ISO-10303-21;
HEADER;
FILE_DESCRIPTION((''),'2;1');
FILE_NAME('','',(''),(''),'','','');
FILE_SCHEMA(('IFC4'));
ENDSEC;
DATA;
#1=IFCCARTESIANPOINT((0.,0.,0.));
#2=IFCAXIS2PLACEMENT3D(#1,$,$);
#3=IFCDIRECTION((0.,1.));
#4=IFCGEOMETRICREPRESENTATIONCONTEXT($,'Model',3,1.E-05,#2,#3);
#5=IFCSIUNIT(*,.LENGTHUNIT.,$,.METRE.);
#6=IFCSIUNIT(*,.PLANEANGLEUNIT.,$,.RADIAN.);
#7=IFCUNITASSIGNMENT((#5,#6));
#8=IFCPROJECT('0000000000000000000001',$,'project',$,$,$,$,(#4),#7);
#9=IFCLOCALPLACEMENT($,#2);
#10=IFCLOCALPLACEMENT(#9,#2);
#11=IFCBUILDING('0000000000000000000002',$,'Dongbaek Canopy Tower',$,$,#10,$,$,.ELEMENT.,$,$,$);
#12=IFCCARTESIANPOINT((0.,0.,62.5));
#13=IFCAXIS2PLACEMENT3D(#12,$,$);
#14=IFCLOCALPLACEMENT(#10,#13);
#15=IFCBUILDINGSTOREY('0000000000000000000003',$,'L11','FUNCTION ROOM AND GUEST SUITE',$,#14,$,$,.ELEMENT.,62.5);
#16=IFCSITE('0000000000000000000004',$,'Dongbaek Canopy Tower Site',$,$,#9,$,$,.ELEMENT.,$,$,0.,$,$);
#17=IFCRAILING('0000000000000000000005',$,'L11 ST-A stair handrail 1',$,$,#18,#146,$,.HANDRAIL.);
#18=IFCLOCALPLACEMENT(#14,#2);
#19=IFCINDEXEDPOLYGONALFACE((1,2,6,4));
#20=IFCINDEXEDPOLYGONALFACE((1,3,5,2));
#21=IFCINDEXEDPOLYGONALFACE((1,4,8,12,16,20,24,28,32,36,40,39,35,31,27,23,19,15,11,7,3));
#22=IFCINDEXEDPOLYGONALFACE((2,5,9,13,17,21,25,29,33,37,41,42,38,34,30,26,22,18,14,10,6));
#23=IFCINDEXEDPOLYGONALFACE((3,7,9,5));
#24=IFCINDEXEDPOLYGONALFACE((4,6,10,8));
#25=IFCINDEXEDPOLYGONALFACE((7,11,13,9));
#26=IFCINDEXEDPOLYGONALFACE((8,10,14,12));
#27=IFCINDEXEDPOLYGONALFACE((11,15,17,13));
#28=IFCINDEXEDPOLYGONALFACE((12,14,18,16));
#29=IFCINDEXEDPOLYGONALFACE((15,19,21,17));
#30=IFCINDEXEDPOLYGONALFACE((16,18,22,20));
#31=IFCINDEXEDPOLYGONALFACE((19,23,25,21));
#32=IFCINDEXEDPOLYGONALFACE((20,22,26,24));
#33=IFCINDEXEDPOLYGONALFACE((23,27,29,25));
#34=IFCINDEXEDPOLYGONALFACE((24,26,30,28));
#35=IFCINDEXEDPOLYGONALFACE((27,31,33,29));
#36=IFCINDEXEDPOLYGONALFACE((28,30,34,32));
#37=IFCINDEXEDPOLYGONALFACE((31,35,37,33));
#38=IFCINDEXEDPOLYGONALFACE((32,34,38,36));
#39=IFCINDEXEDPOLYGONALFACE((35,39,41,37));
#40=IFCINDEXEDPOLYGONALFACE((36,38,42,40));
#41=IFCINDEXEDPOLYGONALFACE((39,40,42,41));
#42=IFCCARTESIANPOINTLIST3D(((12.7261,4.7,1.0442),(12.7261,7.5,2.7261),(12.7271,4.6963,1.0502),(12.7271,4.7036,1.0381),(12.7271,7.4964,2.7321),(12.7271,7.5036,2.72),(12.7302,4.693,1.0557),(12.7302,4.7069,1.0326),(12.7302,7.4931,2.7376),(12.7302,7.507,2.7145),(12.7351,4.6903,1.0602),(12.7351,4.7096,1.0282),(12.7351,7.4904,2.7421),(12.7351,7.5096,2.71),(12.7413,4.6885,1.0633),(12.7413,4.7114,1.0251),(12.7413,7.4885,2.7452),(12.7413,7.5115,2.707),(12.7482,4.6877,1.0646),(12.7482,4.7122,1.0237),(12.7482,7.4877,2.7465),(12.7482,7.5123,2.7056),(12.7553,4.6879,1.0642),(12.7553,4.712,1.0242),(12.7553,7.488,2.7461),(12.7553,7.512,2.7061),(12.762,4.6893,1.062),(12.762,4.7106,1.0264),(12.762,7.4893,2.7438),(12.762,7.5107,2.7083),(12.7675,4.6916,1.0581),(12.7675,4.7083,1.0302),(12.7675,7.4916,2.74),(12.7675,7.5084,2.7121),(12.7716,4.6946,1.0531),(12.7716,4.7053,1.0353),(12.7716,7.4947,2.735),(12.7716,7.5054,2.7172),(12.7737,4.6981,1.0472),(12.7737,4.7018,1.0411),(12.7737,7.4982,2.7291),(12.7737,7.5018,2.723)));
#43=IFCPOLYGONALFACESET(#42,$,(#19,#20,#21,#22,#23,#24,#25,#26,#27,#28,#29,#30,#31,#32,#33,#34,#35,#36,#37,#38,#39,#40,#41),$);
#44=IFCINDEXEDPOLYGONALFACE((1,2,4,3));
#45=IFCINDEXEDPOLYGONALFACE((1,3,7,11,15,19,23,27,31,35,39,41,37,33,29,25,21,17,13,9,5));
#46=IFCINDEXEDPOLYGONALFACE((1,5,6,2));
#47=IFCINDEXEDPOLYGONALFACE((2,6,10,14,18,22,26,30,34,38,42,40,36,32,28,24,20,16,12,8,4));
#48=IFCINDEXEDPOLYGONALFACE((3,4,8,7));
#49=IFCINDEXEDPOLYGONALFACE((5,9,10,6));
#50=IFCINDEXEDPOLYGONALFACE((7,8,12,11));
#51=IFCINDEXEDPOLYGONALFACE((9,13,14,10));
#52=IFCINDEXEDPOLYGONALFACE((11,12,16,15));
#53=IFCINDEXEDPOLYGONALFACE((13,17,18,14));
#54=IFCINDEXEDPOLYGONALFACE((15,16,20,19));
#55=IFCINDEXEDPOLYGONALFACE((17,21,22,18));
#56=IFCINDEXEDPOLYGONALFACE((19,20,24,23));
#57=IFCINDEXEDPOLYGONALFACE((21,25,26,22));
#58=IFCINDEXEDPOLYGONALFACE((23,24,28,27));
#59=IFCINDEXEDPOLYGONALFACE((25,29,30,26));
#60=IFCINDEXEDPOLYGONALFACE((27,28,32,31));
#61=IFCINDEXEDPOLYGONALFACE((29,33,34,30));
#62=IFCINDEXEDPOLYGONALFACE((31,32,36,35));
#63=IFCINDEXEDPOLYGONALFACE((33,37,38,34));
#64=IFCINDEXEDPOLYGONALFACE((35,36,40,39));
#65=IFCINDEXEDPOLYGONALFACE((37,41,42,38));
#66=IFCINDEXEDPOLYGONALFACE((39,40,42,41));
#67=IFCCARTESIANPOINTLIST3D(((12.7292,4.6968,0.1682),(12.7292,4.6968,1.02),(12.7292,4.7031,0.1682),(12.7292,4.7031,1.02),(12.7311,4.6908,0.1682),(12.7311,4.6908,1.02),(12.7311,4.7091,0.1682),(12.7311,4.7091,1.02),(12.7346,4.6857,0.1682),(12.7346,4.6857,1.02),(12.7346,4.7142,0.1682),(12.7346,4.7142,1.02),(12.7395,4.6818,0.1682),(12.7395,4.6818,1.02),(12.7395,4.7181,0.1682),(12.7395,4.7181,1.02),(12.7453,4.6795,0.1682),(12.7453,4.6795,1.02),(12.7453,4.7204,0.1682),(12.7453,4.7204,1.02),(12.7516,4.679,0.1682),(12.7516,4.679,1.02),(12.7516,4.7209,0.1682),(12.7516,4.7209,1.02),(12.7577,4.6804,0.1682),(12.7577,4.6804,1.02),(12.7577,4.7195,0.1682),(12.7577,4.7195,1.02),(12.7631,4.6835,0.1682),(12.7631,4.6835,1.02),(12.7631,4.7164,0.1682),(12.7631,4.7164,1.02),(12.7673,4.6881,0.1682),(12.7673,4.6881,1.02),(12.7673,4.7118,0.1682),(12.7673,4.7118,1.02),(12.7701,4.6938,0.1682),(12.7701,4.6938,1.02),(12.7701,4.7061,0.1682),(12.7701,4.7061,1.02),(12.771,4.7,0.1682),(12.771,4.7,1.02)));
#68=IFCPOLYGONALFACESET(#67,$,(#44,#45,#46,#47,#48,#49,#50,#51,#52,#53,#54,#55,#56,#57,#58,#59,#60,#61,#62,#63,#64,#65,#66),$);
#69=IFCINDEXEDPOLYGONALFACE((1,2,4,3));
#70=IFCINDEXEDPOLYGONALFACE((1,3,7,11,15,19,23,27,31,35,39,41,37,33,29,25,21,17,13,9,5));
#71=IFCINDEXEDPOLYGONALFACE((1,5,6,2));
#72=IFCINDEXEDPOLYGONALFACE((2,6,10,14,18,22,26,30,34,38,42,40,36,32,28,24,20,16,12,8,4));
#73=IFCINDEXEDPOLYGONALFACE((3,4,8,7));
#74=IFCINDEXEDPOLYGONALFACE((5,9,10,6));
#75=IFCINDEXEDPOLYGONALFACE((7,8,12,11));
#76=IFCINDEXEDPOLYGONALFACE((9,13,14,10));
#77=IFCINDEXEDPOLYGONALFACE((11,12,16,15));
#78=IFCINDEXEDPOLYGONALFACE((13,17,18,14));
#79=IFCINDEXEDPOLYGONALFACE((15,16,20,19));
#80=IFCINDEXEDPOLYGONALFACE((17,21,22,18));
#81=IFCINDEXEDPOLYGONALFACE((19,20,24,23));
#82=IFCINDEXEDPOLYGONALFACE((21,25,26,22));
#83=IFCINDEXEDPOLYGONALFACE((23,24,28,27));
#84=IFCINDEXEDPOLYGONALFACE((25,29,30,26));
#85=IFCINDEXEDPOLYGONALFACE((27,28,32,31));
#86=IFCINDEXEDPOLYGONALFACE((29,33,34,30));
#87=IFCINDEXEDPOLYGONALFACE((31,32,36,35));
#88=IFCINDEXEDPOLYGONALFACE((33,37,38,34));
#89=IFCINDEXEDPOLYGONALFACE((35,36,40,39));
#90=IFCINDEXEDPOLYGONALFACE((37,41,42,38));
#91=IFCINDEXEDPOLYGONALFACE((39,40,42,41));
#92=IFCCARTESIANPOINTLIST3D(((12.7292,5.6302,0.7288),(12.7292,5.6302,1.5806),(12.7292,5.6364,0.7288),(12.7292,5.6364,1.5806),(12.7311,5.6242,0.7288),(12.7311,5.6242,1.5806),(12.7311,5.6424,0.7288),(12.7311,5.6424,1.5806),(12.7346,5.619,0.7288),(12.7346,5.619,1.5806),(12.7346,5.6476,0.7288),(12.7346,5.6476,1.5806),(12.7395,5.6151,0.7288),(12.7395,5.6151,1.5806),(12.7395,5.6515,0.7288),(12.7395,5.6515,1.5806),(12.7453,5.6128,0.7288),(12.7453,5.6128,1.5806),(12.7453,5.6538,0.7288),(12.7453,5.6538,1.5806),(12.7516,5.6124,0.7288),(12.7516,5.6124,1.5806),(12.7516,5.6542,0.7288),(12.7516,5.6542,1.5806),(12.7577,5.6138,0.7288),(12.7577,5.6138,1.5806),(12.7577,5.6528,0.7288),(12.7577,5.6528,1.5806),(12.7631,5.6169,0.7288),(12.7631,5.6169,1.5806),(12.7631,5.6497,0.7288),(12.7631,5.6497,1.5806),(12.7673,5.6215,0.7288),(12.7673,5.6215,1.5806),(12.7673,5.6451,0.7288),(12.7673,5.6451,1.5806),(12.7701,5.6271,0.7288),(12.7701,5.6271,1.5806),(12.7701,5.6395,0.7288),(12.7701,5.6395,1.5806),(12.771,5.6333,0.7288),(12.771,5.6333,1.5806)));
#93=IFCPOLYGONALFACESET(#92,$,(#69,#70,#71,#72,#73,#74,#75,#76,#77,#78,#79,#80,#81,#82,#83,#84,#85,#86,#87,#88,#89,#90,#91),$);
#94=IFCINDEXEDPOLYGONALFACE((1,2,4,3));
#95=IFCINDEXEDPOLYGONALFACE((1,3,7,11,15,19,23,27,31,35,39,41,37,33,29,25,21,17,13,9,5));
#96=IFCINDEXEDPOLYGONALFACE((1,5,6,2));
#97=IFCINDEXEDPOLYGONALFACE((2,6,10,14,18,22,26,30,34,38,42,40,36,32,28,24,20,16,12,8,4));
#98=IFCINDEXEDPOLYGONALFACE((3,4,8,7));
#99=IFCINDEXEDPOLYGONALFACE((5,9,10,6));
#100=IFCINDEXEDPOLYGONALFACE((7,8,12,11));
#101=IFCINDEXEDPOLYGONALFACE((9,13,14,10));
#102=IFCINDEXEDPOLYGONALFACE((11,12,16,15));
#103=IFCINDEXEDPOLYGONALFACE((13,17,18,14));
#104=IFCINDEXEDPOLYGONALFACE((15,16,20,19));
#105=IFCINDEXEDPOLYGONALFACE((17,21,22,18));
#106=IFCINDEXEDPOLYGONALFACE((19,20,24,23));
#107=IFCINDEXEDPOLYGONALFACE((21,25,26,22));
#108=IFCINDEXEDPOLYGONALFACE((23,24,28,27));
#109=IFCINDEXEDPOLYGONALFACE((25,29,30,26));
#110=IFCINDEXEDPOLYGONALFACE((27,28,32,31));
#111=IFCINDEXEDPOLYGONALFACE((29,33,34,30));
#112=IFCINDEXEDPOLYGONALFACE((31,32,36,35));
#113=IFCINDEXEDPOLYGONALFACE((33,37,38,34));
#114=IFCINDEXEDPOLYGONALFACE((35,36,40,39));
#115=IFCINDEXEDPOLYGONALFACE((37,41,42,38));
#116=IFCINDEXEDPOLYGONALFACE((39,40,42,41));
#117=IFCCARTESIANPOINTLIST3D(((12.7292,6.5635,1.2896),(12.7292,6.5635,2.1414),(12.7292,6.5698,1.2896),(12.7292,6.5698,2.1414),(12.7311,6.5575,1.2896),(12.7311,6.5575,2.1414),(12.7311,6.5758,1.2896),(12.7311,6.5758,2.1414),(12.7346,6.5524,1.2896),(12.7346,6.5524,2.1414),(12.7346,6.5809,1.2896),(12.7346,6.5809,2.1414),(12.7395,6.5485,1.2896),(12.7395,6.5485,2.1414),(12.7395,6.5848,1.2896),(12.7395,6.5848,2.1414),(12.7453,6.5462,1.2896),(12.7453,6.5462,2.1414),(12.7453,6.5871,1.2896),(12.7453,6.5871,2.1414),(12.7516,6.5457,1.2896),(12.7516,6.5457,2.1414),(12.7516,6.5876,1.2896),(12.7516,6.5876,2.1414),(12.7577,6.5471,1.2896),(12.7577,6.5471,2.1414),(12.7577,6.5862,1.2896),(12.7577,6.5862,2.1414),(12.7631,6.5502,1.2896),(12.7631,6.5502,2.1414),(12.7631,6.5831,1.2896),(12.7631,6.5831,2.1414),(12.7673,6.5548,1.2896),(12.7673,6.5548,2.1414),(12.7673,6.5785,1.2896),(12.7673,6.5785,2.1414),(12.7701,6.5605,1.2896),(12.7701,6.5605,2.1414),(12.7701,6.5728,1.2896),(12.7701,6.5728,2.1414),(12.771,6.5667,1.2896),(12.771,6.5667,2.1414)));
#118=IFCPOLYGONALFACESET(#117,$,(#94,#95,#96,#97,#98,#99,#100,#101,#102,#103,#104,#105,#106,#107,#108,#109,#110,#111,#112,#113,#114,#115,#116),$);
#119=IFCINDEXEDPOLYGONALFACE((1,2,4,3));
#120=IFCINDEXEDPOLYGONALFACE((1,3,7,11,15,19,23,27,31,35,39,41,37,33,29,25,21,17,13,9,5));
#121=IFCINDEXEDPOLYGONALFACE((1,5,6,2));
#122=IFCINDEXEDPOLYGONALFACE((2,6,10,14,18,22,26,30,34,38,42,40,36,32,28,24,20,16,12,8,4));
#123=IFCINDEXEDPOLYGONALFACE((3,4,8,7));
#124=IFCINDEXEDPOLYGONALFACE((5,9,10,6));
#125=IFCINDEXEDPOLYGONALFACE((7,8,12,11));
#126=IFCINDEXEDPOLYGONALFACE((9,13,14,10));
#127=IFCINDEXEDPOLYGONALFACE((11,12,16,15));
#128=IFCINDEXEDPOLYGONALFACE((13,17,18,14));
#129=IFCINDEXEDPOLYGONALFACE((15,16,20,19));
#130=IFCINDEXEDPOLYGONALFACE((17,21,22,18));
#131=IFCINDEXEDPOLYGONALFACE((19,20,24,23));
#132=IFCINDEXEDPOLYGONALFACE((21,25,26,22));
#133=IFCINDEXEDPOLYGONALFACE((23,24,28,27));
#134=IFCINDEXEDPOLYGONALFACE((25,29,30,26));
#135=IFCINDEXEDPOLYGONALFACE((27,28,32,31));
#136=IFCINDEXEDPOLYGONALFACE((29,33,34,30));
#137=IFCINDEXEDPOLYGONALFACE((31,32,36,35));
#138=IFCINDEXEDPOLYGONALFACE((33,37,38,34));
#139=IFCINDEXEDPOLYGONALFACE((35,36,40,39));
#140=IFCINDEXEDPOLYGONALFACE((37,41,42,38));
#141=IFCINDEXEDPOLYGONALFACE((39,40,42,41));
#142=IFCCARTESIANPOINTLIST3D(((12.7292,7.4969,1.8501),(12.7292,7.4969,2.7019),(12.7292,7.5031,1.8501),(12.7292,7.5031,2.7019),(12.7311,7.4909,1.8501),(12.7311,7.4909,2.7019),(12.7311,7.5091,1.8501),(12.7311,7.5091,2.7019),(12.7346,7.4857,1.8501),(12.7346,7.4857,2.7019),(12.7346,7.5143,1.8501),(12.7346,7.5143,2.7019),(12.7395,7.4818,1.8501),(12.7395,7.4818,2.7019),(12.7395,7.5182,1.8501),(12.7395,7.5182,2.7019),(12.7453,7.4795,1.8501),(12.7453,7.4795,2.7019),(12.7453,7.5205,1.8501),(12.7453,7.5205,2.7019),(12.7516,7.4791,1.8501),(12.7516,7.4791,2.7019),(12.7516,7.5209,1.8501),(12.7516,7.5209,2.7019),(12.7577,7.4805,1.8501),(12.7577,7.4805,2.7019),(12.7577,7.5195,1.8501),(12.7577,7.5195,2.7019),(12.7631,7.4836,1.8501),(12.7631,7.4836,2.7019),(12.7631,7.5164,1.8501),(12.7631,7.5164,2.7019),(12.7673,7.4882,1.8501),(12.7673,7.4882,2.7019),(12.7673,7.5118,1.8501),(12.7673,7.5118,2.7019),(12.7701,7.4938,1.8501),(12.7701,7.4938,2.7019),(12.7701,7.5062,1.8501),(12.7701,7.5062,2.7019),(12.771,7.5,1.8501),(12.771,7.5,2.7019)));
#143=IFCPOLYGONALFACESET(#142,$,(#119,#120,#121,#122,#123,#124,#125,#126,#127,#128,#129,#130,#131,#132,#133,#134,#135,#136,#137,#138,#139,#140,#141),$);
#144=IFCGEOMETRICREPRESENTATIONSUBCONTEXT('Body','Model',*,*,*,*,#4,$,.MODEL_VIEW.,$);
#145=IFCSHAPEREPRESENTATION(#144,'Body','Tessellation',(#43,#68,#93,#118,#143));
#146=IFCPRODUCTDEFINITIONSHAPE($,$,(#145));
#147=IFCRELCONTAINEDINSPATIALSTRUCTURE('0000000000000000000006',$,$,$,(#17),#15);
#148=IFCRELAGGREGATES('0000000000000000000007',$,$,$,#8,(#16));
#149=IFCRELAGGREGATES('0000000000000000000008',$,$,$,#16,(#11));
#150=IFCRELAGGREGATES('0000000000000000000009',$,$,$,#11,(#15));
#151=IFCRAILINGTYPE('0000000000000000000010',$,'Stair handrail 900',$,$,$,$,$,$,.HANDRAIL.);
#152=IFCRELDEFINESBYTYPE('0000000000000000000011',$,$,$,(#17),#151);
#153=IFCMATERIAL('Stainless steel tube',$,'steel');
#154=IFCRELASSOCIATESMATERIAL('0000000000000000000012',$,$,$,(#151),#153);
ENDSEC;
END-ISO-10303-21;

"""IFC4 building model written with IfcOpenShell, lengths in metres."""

from ifc_helpers import new_model, si_unit, direction, frame, origin, origin_2d, place, context, subcontext, project, spatial, circle, extrude, material, type_object, element, save


model = new_model("IFC4")

# Units and contexts
model_context = context("Model", 3, precision=1e-05, world=origin(), true_north=direction((0.0, 1.0)))
body_context = subcontext(model_context, "Body", "Model", "MODEL_VIEW")
ifc_project = project(units=[si_unit("LENGTHUNIT", "METRE"), si_unit("PLANEANGLEUNIT", "RADIAN")], contexts=[model_context])

# Site, building, storey
site_placement = place(None, origin())
site = spatial("IfcSite", under=ifc_project, at=site_placement, Name="Dongbaek Canopy Tower Site", CompositionType="ELEMENT", RefElevation=0.0)
building_placement = place(site_placement, origin())
building = spatial("IfcBuilding", under=site, at=building_placement, Name="Dongbaek Canopy Tower", CompositionType="ELEMENT")
storey_placement = place(building_placement, frame((0.0, 0.0, 62.5)))
storey = spatial("IfcBuildingStorey", under=building, at=storey_placement, Name="L11", Description="FUNCTION ROOM AND GUEST SUITE", CompositionType="ELEMENT", Elevation=62.5)

# Railing
ifc_material_1 = material(Name="Stainless steel tube", Category="steel")
railing_type_1 = type_object("IfcRailingType", Name="Stair handrail 900", PredefinedType="HANDRAIL", material=ifc_material_1)
railing_1_placement = place(storey_placement, frame((12.75, 4.7, 0.1682)))
element("IfcRailing", 1, at=railing_1_placement, inside=storey, type_object=railing_type_1, Name="L11 ST-A stair handrail 1", PredefinedType="HANDRAIL", context=body_context, shape_type="SweptSolid", body=[
    extrude(circle(Radius=0.0239, at=origin_2d()), frame((0.0, 0.0, 0.876), z_axis=(0.0, 0.857242, 0.514913), x_axis=(-1.0, 0.0, 0.0)), (0.0, 0.0, 1.0), 3.2664),
    extrude(circle(Radius=0.021, at=origin_2d()), origin(), (0.0, 0.0, 1.0), 0.8518),
    extrude(circle(Radius=0.021, at=origin_2d()), frame((0.0, 0.9333, 0.5605)), (0.0, 0.0, 1.0), 0.8518),
    extrude(circle(Radius=0.021, at=origin_2d()), frame((0.0, 1.8667, 1.1213)), (0.0, 0.0, 1.0), 0.8518),
    extrude(circle(Radius=0.021, at=origin_2d()), frame((0.0, 2.8, 1.6819)), (0.0, 0.0, 1.0), 0.8518),
])

save(model, "model.ifc")
